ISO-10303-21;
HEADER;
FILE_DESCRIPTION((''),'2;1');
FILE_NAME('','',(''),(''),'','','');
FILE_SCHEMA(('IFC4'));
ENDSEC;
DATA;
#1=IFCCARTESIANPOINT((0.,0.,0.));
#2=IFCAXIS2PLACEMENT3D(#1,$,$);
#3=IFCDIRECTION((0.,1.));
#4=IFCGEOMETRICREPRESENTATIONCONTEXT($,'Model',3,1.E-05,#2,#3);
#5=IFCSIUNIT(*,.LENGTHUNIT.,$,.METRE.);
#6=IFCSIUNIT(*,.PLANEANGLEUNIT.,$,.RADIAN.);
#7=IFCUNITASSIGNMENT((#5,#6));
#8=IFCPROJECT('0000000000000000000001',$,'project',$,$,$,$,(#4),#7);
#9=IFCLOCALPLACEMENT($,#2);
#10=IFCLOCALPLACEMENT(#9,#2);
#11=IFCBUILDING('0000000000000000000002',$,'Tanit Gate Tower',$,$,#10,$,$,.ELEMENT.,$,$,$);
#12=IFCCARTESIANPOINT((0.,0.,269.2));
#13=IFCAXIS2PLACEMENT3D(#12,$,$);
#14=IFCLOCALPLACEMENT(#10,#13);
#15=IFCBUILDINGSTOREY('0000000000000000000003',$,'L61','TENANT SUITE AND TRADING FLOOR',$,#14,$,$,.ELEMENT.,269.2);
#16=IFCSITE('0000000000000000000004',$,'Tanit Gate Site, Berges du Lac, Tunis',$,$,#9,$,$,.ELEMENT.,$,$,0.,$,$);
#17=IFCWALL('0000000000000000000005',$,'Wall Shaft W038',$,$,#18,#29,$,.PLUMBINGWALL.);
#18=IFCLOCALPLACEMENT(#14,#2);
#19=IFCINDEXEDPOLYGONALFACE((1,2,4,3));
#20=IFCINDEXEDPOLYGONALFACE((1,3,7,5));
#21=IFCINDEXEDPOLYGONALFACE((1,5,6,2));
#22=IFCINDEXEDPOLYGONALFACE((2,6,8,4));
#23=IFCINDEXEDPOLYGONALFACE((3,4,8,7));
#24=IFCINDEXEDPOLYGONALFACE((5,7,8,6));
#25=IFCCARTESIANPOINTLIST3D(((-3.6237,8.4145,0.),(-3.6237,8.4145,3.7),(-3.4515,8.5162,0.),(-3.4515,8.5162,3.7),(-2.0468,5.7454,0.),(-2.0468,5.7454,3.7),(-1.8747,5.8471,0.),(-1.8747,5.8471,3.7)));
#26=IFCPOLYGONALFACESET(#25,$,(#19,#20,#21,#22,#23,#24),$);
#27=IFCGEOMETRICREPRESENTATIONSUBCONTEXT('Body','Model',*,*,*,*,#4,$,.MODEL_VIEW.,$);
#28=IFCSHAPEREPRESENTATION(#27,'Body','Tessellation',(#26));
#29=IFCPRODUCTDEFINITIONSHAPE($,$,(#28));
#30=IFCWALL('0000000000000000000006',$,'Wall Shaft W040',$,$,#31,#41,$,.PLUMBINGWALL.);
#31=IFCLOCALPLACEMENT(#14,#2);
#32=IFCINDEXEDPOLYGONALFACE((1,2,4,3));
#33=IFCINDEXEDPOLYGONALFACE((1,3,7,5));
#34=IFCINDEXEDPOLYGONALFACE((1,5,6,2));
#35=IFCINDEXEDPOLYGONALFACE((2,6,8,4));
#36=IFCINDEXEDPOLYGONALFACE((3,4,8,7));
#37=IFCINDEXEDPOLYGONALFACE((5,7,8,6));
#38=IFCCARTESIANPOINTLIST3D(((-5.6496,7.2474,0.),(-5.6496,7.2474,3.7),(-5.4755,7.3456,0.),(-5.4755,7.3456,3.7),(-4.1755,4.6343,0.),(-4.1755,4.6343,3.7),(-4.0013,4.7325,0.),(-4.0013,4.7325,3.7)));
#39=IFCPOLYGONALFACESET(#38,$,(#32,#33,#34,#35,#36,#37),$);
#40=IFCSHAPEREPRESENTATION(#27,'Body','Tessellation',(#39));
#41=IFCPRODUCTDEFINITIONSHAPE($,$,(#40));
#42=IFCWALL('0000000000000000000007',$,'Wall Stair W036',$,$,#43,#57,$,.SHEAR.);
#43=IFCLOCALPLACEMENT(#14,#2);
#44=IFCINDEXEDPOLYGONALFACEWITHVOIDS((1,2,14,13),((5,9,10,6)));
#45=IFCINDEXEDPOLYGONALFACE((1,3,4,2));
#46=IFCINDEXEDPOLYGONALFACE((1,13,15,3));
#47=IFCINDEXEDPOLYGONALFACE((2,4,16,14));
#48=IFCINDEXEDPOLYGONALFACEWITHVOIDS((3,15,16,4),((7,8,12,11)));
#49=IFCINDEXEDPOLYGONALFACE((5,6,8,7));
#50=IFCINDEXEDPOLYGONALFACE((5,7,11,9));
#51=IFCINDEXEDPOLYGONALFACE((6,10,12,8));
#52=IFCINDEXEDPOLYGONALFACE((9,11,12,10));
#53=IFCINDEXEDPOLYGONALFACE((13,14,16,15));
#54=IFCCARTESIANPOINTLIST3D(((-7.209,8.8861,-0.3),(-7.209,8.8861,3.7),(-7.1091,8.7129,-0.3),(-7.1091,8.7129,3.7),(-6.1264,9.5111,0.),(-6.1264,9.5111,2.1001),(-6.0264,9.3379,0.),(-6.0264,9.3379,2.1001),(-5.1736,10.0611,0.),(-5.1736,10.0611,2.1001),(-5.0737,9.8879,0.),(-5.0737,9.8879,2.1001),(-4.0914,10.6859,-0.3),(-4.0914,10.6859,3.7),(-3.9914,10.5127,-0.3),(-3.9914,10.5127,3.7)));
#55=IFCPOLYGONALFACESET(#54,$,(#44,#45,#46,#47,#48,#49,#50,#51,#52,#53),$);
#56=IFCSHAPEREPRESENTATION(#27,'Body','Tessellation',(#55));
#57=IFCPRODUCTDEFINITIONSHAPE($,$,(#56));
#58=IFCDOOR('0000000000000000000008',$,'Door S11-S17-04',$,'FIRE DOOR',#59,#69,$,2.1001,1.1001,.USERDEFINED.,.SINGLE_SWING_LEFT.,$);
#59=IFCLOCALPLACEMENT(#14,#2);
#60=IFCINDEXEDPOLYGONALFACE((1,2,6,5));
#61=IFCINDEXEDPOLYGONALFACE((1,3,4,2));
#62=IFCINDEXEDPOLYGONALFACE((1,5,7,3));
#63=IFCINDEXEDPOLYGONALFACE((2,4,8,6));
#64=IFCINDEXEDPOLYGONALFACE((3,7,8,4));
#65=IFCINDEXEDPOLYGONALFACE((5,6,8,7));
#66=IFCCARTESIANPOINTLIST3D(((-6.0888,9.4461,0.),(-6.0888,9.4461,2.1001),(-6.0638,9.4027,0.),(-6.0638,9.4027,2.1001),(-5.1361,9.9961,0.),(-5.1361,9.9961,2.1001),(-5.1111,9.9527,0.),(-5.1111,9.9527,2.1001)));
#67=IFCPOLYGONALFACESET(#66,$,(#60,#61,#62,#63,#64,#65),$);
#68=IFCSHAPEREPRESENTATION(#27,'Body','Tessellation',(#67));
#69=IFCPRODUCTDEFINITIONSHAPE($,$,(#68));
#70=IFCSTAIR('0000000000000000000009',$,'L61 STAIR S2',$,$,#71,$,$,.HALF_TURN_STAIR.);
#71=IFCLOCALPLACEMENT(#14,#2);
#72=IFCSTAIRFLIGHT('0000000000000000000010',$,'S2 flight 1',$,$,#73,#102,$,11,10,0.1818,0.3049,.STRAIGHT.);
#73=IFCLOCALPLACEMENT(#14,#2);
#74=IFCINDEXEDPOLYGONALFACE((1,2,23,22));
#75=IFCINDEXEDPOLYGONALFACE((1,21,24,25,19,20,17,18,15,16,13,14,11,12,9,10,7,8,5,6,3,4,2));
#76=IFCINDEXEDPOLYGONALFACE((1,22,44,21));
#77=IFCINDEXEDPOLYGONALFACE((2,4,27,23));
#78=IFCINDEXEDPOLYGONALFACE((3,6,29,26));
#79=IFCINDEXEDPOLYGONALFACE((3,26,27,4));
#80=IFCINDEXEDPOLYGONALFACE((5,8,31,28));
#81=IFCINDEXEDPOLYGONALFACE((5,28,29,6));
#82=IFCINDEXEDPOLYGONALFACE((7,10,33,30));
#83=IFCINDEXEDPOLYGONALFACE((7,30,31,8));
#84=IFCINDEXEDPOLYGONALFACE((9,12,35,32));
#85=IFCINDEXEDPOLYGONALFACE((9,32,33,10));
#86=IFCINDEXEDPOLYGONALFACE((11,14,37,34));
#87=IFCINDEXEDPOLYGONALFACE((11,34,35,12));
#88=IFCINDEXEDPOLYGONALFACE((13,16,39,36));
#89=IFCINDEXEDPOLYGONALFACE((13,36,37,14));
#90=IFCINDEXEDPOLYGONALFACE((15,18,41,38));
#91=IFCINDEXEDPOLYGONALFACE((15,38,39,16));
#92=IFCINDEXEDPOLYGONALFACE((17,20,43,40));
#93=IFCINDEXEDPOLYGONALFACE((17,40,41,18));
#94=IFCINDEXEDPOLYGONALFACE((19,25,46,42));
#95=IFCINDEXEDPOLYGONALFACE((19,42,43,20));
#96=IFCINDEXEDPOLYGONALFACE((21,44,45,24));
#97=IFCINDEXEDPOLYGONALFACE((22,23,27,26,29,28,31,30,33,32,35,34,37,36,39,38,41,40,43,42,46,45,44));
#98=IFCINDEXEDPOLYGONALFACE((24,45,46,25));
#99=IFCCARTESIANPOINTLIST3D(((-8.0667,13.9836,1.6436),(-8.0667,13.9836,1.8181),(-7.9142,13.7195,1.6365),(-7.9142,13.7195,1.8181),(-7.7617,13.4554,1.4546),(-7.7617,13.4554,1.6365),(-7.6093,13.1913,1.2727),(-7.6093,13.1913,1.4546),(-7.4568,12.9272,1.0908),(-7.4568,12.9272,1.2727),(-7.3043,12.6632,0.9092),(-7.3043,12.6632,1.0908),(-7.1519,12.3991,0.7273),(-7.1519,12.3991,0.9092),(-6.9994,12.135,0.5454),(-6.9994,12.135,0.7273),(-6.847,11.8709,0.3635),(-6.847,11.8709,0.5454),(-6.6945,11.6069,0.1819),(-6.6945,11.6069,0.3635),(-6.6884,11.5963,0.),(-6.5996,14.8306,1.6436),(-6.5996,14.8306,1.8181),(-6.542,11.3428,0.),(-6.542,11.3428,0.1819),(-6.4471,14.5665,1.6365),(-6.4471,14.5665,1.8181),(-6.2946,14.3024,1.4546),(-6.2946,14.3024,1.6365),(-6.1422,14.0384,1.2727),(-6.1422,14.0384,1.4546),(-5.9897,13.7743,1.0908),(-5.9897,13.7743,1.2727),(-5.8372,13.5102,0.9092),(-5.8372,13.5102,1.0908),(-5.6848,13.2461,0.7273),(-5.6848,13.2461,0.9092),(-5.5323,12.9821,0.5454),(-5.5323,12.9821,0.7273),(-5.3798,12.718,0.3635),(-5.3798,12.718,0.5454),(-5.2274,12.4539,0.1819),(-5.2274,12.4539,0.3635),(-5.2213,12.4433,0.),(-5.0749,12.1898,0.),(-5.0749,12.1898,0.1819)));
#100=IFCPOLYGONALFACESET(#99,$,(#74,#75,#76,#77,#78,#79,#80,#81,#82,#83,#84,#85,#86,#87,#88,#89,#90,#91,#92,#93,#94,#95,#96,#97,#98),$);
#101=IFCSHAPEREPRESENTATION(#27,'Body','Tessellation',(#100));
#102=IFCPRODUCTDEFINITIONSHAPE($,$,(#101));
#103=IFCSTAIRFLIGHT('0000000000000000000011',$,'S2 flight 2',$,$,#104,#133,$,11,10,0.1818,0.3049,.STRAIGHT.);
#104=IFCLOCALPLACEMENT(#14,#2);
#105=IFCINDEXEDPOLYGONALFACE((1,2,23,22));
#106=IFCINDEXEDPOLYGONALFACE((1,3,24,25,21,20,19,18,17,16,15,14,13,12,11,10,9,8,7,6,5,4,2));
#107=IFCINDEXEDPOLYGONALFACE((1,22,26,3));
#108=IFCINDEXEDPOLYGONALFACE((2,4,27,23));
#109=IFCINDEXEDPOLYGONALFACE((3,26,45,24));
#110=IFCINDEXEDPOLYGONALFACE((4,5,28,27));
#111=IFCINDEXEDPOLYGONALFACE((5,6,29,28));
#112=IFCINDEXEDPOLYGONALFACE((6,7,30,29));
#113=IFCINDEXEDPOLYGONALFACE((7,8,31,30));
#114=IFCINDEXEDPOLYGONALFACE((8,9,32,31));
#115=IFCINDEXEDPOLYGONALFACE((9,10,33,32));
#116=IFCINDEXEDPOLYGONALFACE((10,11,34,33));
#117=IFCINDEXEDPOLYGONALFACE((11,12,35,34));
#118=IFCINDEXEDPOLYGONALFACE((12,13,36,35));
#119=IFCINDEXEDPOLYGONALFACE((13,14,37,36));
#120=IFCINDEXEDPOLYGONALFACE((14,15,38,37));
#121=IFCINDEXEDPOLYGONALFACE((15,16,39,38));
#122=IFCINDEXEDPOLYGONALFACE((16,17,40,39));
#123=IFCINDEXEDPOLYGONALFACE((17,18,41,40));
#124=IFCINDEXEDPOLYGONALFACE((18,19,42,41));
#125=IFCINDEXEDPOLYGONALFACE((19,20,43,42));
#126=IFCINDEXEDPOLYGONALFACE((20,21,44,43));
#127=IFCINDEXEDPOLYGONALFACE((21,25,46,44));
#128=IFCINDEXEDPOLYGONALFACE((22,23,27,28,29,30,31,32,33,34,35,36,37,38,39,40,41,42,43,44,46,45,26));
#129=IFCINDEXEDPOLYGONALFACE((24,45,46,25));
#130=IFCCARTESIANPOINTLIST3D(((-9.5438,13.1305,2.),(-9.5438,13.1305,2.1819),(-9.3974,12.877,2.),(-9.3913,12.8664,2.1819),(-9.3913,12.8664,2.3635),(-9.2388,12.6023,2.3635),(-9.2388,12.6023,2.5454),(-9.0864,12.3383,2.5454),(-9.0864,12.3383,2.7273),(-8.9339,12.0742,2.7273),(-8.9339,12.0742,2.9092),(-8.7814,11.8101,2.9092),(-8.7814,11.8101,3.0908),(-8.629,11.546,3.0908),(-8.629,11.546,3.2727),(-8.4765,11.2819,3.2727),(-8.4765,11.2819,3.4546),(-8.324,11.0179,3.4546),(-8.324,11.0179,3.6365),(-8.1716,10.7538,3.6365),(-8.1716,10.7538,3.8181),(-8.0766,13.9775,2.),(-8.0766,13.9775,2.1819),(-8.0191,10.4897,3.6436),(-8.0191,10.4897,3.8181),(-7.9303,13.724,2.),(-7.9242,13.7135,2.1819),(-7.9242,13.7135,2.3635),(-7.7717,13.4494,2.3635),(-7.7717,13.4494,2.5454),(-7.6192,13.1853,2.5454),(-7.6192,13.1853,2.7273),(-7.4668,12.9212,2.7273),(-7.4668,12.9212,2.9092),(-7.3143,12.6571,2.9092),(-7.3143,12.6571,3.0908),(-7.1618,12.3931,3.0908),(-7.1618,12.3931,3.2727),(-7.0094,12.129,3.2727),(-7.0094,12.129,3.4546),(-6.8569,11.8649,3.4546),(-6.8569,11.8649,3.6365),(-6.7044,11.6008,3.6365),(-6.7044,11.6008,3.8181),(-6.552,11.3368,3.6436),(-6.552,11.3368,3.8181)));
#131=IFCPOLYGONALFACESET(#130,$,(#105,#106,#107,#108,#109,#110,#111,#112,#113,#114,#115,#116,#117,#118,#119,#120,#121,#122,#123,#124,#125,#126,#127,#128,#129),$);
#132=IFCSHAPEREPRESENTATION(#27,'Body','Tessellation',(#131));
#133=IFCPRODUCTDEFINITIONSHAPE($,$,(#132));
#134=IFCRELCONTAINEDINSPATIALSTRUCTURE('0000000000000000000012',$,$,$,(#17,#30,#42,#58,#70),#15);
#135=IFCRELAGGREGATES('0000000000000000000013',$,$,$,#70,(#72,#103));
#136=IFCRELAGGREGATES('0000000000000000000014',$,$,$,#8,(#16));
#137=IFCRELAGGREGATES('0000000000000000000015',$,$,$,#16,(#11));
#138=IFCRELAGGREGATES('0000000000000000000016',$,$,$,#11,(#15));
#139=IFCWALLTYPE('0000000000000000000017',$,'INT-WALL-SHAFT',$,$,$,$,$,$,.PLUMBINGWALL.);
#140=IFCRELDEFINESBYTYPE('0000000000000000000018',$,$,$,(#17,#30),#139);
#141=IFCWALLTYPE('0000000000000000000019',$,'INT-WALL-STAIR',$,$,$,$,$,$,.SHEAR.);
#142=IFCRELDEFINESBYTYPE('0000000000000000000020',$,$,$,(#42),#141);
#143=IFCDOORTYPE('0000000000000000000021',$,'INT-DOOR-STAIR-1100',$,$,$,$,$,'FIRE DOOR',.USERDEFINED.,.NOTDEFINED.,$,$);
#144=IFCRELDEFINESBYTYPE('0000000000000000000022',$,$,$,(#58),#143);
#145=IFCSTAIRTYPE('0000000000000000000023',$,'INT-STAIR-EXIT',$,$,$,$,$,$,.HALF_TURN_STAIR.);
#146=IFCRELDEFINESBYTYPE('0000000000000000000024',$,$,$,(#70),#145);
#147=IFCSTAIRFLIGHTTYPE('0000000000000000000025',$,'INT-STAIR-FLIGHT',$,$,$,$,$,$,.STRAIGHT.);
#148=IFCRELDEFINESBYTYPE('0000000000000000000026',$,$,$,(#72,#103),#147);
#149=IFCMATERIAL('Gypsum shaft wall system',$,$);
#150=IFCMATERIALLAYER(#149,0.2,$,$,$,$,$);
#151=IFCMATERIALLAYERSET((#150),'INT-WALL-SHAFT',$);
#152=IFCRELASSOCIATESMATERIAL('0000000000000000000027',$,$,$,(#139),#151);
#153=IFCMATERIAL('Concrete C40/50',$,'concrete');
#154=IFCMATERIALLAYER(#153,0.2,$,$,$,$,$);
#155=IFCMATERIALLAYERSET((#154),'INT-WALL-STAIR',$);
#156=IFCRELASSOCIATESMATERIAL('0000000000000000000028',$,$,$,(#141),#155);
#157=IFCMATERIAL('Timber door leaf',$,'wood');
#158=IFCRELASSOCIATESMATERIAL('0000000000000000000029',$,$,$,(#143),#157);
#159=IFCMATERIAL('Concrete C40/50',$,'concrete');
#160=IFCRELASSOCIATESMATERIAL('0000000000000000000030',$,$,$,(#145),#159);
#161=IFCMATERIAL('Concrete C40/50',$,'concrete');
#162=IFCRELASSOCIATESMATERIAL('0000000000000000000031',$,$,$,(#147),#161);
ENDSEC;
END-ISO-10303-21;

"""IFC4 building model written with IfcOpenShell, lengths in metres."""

from ifc_helpers import new_model, si_unit, direction, frame, frame_2d, origin, place, context, subcontext, project, spatial, polyline, rectangle, outline, extrude, material, layer, layer_set, type_object, element, fill, aggregate, save


model = new_model("IFC4")

# Units and contexts
model_context = context("Model", 3, precision=1e-05, world=origin(), true_north=direction((0.0, 1.0)))
body_context = subcontext(model_context, "Body", "Model", "MODEL_VIEW")
ifc_project = project(units=[si_unit("LENGTHUNIT", "METRE"), si_unit("PLANEANGLEUNIT", "RADIAN")], contexts=[model_context])

# Site, building, storey
site_placement = place(None, origin())
site = spatial("IfcSite", under=ifc_project, at=site_placement, Name="Tanit Gate Site, Berges du Lac, Tunis", CompositionType="ELEMENT", RefElevation=0.0)
building_placement = place(site_placement, origin())
building = spatial("IfcBuilding", under=site, at=building_placement, Name="Tanit Gate Tower", CompositionType="ELEMENT")
storey_placement = place(building_placement, frame((0.0, 0.0, 269.2)))
storey = spatial("IfcBuildingStorey", under=building, at=storey_placement, Name="L61", Description="TENANT SUITE AND TRADING FLOOR", CompositionType="ELEMENT", Elevation=269.2)

# Shared definitions
ifc_material_1 = material(Name="Gypsum shaft wall system")
ifc_layer_1 = layer(ifc_material_1, 0.2)
ifc_layer_set_1 = layer_set([ifc_layer_1], Name="INT-WALL-SHAFT")
wall_type_1 = type_object("IfcWallType", Name="INT-WALL-SHAFT", PredefinedType="PLUMBINGWALL", material=ifc_layer_set_1)

# Walls
wall_1_placement = place(storey_placement, frame((-3.5376, 8.4653, 0.0), z_axis=(0.0, 0.0, 1.0), x_axis=(0.508647, -0.860975, 0.0)))
element("IfcWall", 1, at=wall_1_placement, inside=storey, type_object=wall_type_1, Name="Wall Shaft W038", PredefinedType="PLUMBINGWALL", context=body_context, shape_type="SweptSolid", body=[
    extrude(rectangle(XDim=3.1001, YDim=0.2, at=frame_2d((1.55, 0.0))), origin(), (0.0, 0.0, 1.0), 3.7),
])
wall_2_placement = place(storey_placement, frame((-5.5625, 7.2964, 0.0), z_axis=(0.0, 0.0, 1.0), x_axis=(0.491347, -0.870964, 0.0)))
element("IfcWall", 2, at=wall_2_placement, inside=storey, type_object=wall_type_1, Name="Wall Shaft W040", PredefinedType="PLUMBINGWALL", context=body_context, shape_type="SweptSolid", body=[
    extrude(rectangle(XDim=3.0002, YDim=0.2, at=frame_2d((1.5, 0.0))), origin(), (0.0, 0.0, 1.0), 3.7),
])

# Wall, opening, door
ifc_material_2 = material(Name="Concrete C40/50", Category="concrete")
ifc_layer_2 = layer(ifc_material_2, 0.2)
ifc_layer_set_2 = layer_set([ifc_layer_2], Name="INT-WALL-STAIR")
wall_type_2 = type_object("IfcWallType", Name="INT-WALL-STAIR", PredefinedType="SHEAR", material=ifc_layer_set_2)
wall_3_placement = place(storey_placement, frame((-7.1589, 8.7996, -0.3), z_axis=(0.0, 0.0, 1.0), x_axis=(0.866048, 0.499961, 0.0)))
wall_3 = element("IfcWall", 3, at=wall_3_placement, inside=storey, type_object=wall_type_2, Name="Wall Stair W036", PredefinedType="SHEAR", context=body_context, shape_type="SweptSolid", body=[
    extrude(rectangle(XDim=3.5999, YDim=0.2, at=frame_2d((1.7998, 0.0))), origin(), (0.0, 0.0, 1.0), 4.0),
])
opening_1_placement = place(wall_3_placement, frame((1.25, 0.0, 0.3)))
opening_1 = element("IfcOpeningElement", 4, at=opening_1_placement, cuts=wall_3, PredefinedType="OPENING", context=body_context, shape_type="SweptSolid", body=[
    extrude(rectangle(XDim=1.1001, YDim=2.1001, at=frame_2d((0.55, 1.05))), frame((0.0, 0.1099, 0.0), z_axis=(0.0, -1.0, 0.0), x_axis=(1.0, 0.0, 0.0)), (0.0, 0.0, 1.0), 0.22),
])
ifc_material_3 = material(Name="Timber door leaf", Category="wood")
door_type_1 = type_object("IfcDoorType", Name="INT-DOOR-STAIR-1100", ElementType="FIRE DOOR", OperationType="NOTDEFINED", PredefinedType="USERDEFINED", material=ifc_material_3)
door_1_placement = place(opening_1_placement, origin())
door_1 = element("IfcDoor", 5, at=door_1_placement, inside=storey, type_object=door_type_1, Name="Door S11-S17-04", ObjectType="FIRE DOOR", OperationType="SINGLE_SWING_LEFT", OverallHeight=2.1001, OverallWidth=1.1001, PredefinedType="USERDEFINED", context=body_context, shape_type="SweptSolid", body=[
    extrude(rectangle(XDim=1.1001, YDim=2.1001, at=frame_2d((0.55, 1.05))), frame((0.0, 0.0249, 0.0), z_axis=(0.0, -1.0, 0.0), x_axis=(1.0, 0.0, 0.0)), (0.0, 0.0, 1.0), 0.05),
])
fill(opening_1, door_1)

# Stair, stair flights
ifc_material_4 = material(Name="Concrete C40/50", Category="concrete")
stair_type = type_object("IfcStairType", Name="INT-STAIR-EXIT", PredefinedType="HALF_TURN_STAIR", material=ifc_material_4)
stair_placement = place(storey_placement, origin())
stair = element("IfcStair", 6, at=stair_placement, inside=storey, type_object=stair_type, Name="L61 STAIR S2", PredefinedType="HALF_TURN_STAIR")
ifc_material_5 = material(Name="Concrete C40/50", Category="concrete")
stair_flight_type = type_object("IfcStairFlightType", Name="INT-STAIR-FLIGHT", PredefinedType="STRAIGHT", material=ifc_material_5)
stair_flight_1_placement = place(storey_placement, frame((-5.8083, 11.7664, 0.0), z_axis=(0.0, 0.0, 1.0), x_axis=(-0.5, 0.866025, 0.0)))
stair_flight_1 = element("IfcStairFlight", 7, at=stair_flight_1_placement, type_object=stair_flight_type, Name="S2 flight 1", NumberOfRisers=11, NumberOfTreads=10, PredefinedType="STRAIGHT", RiserHeight=0.1818, TreadLength=0.3049, context=body_context, shape_type="SweptSolid", body=[
    extrude(outline(polyline([(0.0, 0.0), (0.0, 0.1819), (0.3049, 0.1819), (0.3049, 0.3635), (0.6099, 0.3635), (0.6099, 0.5454), (0.9148, 0.5454), (0.9148, 0.7273), (1.2197, 0.7273), (1.2197, 0.9092), (1.5247, 0.9092), (1.5247, 1.0908), (1.8296, 1.0908), (1.8296, 1.2727), (2.1345, 1.2727), (2.1345, 1.4546), (2.4395, 1.4546), (2.4395, 1.6365), (2.7444, 1.6365), (2.7444, 1.8181), (3.0493, 1.8181), (3.0493, 2.0), (3.0493, 1.6436), (0.2927, 0.0), (0.0, 0.0)])), frame((0.0, 0.8472, 0.0), z_axis=(0.0, -1.0, 0.0), x_axis=(1.0, 0.0, 0.0)), (0.0, 0.0, 1.0), 1.6941),
])
stair_flight_2_placement = place(storey_placement, frame((-8.8103, 13.554, 2.0), z_axis=(0.0, 0.0, 1.0), x_axis=(0.5, -0.866025, 0.0)))
stair_flight_2 = element("IfcStairFlight", 8, at=stair_flight_2_placement, type_object=stair_flight_type, Name="S2 flight 2", NumberOfRisers=11, NumberOfTreads=10, PredefinedType="STRAIGHT", RiserHeight=0.1818, TreadLength=0.3049, context=body_context, shape_type="SweptSolid", body=[
    extrude(outline(polyline([(0.0, 0.0), (0.0, 0.1819), (0.3049, 0.1819), (0.3049, 0.3635), (0.6099, 0.3635), (0.6099, 0.5454), (0.9148, 0.5454), (0.9148, 0.7273), (1.2197, 0.7273), (1.2197, 0.9092), (1.5247, 0.9092), (1.5247, 1.0908), (1.8296, 1.0908), (1.8296, 1.2727), (2.1345, 1.2727), (2.1345, 1.4546), (2.4395, 1.4546), (2.4395, 1.6365), (2.7444, 1.6365), (2.7444, 1.8181), (3.0493, 1.8181), (3.0493, 2.0), (3.0493, 1.6436), (0.2927, 0.0), (0.0, 0.0)])), frame((0.0, 0.8472, 0.0), z_axis=(0.0, -1.0, 0.0), x_axis=(1.0, 0.0, 0.0)), (0.0, 0.0, 1.0), 1.6941),
])
aggregate(stair, [stair_flight_1, stair_flight_2])

save(model, "model.ifc")
